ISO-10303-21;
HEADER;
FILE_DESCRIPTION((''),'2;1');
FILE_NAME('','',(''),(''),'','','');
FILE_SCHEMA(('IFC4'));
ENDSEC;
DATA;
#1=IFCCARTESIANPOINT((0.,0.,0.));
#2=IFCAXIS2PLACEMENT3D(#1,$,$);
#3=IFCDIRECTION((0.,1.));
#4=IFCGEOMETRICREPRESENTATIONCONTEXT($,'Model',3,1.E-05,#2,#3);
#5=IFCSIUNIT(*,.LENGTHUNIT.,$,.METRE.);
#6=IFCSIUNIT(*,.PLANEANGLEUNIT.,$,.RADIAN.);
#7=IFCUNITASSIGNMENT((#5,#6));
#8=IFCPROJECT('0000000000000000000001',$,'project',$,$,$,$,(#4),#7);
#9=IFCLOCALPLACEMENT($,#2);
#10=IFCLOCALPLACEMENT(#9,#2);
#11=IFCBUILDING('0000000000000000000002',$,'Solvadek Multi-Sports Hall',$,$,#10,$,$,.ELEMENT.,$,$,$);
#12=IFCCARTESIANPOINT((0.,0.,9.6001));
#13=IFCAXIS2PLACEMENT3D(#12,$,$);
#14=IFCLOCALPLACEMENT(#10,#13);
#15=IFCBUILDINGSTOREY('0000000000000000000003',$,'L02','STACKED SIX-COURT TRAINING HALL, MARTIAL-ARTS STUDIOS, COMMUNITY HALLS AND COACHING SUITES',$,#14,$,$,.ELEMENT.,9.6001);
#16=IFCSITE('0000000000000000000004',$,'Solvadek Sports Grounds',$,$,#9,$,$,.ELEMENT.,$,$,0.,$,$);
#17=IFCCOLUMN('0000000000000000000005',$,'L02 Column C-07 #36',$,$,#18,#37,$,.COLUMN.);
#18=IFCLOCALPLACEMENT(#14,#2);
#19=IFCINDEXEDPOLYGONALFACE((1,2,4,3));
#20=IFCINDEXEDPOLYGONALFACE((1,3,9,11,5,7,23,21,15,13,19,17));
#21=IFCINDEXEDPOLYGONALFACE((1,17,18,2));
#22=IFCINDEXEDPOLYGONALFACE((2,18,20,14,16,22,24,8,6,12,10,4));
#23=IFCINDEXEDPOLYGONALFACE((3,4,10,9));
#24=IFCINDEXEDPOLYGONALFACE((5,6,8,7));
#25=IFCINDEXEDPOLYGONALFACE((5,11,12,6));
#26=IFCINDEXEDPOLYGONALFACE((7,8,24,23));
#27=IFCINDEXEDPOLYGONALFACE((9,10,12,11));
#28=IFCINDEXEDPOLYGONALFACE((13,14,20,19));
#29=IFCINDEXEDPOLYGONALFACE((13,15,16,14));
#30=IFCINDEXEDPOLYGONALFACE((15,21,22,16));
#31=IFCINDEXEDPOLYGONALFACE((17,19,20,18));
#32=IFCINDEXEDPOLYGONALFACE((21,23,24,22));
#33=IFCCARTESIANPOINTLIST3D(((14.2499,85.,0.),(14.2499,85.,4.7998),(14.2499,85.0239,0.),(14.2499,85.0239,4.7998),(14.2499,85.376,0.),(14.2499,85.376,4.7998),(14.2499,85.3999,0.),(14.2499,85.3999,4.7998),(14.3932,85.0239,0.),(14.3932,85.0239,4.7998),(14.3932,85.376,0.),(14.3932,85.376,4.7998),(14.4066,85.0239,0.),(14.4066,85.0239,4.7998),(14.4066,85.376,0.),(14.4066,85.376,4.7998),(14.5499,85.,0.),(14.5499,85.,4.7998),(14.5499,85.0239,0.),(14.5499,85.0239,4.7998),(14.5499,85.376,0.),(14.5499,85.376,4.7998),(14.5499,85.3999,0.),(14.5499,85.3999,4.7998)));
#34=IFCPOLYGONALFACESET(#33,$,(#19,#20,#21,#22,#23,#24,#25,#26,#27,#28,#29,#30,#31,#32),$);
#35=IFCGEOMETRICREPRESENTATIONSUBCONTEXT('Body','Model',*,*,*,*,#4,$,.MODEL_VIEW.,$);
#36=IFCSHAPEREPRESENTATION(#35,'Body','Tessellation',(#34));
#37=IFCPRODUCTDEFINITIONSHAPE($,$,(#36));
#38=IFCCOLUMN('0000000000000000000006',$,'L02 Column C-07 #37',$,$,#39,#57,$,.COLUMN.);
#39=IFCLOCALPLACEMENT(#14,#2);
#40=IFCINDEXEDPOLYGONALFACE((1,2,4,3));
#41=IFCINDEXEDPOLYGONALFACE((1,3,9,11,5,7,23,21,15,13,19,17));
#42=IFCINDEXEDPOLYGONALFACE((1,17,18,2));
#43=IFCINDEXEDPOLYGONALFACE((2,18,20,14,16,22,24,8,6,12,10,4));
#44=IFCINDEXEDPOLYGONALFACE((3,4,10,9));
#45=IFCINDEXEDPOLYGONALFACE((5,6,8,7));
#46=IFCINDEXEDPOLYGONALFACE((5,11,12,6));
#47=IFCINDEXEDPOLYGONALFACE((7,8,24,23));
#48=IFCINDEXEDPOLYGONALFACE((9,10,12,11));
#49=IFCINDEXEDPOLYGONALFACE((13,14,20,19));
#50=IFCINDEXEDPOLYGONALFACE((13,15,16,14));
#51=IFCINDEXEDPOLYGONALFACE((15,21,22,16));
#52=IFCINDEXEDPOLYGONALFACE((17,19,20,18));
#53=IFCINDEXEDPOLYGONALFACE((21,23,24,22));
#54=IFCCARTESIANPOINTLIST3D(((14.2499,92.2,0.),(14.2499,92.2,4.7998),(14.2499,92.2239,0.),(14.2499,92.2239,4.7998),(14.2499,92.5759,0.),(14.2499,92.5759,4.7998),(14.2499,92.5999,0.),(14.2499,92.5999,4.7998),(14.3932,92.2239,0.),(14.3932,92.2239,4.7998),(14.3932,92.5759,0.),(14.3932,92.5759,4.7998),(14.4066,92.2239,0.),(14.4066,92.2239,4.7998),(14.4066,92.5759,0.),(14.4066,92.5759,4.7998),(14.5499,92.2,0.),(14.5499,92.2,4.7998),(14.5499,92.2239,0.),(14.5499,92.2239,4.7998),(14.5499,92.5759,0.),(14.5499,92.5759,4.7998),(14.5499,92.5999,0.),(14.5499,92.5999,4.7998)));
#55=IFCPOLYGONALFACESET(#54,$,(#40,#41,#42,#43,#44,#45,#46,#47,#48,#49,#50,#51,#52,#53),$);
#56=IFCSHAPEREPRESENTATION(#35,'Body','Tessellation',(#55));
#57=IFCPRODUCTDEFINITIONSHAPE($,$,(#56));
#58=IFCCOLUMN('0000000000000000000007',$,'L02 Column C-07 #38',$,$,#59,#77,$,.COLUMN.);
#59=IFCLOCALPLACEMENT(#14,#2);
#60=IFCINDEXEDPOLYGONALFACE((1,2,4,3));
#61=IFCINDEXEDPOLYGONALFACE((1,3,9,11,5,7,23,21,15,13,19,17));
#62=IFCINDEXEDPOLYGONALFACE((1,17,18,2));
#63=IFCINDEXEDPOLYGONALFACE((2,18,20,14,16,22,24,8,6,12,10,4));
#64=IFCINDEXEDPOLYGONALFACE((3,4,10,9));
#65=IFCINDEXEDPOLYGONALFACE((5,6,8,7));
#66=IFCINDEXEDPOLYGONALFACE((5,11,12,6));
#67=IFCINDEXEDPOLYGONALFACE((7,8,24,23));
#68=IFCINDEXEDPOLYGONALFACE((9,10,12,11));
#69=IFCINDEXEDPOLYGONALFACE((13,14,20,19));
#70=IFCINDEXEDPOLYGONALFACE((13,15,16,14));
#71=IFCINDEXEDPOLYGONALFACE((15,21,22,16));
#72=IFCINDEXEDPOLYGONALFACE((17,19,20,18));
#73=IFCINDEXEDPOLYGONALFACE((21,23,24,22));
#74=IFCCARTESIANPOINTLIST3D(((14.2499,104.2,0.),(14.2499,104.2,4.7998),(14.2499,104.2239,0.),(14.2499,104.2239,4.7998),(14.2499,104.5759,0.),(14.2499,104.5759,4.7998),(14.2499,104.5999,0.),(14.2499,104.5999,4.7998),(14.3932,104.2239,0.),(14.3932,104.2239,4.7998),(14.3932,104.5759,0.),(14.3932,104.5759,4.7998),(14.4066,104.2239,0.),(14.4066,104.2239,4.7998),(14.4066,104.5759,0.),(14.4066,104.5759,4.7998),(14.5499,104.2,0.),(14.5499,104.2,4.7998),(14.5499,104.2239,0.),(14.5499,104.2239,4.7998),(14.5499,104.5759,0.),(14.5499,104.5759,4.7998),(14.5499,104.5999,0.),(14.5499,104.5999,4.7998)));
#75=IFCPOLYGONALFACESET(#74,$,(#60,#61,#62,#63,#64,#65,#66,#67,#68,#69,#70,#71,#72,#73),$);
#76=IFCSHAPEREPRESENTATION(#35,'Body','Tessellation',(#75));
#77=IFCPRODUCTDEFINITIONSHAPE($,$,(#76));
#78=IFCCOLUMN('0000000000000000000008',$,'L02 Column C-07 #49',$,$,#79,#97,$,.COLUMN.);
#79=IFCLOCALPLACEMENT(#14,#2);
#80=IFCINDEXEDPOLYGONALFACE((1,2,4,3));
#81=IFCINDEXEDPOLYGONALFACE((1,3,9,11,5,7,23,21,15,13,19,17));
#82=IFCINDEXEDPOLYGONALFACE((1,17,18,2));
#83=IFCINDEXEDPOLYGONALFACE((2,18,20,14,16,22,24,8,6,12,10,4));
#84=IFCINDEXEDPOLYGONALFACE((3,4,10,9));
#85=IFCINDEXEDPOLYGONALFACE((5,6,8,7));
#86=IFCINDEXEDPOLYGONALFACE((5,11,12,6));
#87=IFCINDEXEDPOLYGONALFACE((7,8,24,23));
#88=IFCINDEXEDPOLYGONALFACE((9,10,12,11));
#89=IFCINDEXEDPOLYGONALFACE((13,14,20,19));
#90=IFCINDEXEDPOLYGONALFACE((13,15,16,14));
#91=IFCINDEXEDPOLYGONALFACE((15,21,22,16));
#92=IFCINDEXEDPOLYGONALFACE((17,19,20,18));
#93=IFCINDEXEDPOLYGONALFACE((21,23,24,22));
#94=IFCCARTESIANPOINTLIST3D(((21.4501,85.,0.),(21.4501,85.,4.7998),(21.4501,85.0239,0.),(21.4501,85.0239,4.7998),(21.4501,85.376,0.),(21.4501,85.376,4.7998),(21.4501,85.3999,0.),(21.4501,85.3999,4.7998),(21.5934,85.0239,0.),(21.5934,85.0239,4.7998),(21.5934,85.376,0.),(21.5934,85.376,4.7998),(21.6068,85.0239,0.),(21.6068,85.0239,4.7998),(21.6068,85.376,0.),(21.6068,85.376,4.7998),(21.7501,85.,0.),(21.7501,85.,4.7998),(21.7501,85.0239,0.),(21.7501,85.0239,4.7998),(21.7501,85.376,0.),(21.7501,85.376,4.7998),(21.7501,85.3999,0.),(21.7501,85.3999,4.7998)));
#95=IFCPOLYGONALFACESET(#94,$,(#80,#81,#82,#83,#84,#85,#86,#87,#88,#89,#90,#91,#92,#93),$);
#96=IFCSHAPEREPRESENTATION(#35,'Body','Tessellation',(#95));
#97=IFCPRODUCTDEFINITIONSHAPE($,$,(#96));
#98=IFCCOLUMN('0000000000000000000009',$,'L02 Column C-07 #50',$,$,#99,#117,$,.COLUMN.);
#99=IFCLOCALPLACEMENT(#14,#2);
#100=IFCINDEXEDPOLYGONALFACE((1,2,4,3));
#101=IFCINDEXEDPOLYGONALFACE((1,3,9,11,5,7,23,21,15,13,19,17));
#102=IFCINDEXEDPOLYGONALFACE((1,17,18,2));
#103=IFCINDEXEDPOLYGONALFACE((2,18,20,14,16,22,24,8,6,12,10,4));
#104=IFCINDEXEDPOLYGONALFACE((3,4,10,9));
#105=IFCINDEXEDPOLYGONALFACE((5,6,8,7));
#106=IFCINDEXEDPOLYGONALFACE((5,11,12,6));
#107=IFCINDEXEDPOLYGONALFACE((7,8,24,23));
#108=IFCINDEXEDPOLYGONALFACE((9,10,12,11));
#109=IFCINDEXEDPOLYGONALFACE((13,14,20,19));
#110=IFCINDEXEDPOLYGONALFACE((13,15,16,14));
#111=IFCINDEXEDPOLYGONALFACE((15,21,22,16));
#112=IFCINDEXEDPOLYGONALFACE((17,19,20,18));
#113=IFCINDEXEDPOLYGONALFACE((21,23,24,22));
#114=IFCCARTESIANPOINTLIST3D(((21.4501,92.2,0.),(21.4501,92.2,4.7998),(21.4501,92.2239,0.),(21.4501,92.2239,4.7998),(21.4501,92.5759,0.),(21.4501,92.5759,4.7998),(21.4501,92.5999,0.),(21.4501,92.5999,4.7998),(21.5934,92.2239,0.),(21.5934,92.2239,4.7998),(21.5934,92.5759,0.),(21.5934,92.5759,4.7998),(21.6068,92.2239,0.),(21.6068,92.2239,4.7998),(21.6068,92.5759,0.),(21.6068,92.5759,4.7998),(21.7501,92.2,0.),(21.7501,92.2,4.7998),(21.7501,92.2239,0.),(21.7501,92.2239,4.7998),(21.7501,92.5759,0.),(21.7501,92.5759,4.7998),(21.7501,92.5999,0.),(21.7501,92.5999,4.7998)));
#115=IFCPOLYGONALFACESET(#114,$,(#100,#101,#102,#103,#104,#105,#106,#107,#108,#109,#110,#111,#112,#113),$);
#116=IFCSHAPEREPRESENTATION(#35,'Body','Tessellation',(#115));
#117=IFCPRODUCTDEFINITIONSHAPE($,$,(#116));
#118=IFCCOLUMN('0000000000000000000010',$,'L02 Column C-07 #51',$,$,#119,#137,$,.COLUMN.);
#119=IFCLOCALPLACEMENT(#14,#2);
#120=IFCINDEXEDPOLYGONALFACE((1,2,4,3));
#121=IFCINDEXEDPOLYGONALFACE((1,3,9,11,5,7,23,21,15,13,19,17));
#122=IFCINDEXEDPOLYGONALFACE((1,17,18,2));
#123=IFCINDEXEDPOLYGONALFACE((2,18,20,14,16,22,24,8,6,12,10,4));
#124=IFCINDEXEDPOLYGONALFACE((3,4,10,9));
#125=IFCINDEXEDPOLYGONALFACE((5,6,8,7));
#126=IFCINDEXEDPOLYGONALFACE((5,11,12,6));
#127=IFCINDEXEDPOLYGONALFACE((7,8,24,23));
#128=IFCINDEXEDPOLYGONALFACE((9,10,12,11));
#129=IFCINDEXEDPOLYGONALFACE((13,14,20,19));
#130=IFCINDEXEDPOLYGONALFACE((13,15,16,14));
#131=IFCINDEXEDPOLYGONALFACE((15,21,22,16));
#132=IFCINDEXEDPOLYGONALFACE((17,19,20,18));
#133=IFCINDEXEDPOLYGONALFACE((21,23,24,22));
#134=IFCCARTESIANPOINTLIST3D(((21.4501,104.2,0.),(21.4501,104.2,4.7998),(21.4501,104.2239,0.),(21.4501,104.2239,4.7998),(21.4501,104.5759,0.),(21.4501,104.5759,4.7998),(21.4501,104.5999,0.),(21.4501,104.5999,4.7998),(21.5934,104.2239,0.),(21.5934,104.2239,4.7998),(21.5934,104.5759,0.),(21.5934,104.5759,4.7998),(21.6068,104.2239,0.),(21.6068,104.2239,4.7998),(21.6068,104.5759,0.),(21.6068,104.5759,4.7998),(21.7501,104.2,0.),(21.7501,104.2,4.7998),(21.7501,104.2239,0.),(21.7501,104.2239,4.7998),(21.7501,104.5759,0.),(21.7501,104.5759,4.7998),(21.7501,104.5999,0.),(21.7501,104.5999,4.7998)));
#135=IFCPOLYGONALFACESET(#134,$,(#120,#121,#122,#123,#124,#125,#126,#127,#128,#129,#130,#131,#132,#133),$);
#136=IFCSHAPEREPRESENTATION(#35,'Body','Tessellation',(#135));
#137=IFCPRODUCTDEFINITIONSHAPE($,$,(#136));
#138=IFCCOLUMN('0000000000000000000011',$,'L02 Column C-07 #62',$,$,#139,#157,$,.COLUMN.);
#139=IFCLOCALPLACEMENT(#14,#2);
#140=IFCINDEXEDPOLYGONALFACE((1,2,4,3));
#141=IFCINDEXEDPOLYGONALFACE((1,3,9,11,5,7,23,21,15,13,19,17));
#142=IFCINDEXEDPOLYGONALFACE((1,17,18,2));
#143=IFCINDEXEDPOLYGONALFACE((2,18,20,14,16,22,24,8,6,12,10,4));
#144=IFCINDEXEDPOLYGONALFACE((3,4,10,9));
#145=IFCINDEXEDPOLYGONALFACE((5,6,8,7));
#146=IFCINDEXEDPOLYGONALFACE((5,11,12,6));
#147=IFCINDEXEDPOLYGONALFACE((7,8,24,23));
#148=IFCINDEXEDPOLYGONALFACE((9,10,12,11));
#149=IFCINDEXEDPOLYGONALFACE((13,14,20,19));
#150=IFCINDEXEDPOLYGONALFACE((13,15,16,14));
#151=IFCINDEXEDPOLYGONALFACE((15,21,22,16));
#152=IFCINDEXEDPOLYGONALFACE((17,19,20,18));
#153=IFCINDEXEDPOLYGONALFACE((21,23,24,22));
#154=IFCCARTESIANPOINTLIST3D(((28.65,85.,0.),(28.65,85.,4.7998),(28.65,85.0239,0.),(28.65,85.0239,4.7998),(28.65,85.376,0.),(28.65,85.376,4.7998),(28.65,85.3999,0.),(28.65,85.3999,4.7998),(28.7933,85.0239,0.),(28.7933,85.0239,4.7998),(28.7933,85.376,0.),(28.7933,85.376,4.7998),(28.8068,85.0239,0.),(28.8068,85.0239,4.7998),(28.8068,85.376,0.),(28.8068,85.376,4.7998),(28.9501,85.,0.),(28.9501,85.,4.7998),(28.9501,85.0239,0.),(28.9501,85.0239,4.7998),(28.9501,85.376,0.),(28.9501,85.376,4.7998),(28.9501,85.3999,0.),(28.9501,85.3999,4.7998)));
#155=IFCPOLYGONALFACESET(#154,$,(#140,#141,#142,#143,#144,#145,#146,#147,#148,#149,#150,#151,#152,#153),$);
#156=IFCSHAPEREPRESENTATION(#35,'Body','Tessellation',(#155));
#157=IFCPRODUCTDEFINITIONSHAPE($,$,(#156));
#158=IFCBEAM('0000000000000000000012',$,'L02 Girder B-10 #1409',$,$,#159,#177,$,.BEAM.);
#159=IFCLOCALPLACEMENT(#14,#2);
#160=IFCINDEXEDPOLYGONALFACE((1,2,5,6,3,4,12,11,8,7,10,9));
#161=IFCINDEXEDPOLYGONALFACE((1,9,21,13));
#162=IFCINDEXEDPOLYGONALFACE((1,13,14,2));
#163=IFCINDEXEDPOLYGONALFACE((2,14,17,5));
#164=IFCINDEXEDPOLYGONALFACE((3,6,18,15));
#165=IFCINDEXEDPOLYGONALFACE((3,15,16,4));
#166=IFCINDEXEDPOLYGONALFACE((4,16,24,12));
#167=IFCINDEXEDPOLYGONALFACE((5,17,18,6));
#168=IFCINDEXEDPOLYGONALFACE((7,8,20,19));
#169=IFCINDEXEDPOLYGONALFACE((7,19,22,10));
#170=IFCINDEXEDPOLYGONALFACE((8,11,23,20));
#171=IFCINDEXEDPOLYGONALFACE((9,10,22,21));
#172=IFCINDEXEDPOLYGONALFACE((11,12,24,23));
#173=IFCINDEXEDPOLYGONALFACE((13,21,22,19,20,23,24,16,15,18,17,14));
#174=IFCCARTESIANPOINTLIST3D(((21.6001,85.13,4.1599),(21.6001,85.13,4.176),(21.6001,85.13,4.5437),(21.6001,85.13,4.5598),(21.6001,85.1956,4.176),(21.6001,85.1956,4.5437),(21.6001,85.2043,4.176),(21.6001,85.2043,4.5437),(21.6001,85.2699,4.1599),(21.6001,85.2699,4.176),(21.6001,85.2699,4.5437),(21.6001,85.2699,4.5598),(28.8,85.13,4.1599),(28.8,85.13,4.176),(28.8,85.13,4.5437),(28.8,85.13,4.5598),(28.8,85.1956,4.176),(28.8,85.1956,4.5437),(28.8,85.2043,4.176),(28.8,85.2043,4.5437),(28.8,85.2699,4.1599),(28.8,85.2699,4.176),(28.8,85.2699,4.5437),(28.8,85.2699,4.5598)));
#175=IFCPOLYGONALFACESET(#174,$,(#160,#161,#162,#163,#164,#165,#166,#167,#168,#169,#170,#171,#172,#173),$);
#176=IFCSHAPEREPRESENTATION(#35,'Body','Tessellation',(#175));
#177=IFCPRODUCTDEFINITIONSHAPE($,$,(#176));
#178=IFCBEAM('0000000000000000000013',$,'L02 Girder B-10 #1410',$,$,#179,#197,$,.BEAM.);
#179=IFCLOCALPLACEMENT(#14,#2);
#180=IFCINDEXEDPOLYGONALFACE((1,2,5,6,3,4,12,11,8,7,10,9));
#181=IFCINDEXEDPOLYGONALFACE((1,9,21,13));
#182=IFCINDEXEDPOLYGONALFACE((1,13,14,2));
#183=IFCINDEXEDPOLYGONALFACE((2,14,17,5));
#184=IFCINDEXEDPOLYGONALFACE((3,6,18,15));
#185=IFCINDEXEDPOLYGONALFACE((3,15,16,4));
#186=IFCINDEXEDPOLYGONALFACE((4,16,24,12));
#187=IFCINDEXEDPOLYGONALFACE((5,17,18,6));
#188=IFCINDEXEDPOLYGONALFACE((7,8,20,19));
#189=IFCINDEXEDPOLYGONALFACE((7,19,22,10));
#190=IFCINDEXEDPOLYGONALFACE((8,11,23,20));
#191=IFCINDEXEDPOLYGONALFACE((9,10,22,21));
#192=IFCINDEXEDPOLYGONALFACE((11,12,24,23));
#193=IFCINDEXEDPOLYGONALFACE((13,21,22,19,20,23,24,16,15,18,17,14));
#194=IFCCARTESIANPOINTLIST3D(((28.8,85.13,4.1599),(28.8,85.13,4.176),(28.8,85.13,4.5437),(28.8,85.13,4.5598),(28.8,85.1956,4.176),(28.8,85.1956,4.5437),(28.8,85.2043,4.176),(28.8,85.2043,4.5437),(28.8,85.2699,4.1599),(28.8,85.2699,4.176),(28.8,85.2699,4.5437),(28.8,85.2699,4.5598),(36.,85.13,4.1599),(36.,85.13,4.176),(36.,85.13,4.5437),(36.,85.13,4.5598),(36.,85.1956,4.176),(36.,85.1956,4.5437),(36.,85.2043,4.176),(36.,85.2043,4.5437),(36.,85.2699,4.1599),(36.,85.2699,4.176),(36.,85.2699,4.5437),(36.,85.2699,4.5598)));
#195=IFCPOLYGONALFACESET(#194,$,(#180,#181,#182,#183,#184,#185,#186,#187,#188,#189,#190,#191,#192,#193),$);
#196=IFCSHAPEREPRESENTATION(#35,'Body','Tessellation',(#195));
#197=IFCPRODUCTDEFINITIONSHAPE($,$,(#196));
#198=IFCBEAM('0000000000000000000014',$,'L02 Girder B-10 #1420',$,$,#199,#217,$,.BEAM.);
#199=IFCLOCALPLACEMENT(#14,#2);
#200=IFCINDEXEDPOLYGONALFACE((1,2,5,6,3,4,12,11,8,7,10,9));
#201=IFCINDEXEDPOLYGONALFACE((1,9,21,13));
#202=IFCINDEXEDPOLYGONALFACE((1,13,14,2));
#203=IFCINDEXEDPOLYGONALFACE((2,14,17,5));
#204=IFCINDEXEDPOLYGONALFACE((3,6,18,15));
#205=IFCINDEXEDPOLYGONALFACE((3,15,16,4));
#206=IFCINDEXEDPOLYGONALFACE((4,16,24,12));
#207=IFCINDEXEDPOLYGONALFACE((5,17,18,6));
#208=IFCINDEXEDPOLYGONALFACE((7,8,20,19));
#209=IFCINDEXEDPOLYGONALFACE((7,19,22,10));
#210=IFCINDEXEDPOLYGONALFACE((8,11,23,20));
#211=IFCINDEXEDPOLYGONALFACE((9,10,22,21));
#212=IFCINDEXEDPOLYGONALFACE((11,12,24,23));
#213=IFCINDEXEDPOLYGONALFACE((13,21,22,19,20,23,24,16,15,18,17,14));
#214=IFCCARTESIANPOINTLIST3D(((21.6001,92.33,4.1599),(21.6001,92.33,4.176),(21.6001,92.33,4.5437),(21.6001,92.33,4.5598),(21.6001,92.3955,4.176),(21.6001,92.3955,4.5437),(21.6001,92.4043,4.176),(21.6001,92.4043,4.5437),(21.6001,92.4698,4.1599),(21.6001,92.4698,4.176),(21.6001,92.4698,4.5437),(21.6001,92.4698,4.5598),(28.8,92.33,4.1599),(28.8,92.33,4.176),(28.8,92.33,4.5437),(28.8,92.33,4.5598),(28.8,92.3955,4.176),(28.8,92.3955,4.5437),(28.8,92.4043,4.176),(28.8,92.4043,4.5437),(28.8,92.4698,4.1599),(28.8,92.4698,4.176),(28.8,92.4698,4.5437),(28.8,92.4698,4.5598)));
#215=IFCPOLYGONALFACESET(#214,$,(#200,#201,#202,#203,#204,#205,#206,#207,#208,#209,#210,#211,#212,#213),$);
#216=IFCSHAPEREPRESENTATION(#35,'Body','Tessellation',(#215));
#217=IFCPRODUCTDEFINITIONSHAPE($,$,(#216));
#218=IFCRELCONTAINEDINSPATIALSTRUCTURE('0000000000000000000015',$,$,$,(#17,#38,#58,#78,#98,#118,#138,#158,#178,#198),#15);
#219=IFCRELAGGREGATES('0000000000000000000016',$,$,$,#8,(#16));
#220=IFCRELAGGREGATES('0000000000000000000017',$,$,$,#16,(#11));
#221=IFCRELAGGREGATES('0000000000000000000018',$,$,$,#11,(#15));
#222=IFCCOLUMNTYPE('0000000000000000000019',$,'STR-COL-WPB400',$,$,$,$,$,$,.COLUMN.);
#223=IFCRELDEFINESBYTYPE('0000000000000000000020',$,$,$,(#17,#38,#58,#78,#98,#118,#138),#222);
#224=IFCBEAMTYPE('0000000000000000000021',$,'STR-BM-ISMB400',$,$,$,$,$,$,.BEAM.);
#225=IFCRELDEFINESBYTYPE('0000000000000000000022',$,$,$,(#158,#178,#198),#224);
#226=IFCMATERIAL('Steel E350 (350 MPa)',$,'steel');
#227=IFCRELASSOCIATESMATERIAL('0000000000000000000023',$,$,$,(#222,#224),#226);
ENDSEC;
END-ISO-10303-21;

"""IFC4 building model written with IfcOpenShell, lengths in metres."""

from ifc_helpers import new_model, si_unit, direction, frame, origin, origin_2d, place, context, subcontext, project, spatial, i_section, extrude, material, material_profile, profile_set, type_object, element, save


model = new_model("IFC4")

# Units and contexts
model_context = context("Model", 3, precision=1e-05, world=origin(), true_north=direction((0.0, 1.0)))
body_context = subcontext(model_context, "Body", "Model", "MODEL_VIEW")
ifc_project = project(units=[si_unit("LENGTHUNIT", "METRE"), si_unit("PLANEANGLEUNIT", "RADIAN")], contexts=[model_context])

# Site, building, storey
site_placement = place(None, origin())
site = spatial("IfcSite", under=ifc_project, at=site_placement, Name="Solvadek Sports Grounds", CompositionType="ELEMENT", RefElevation=0.0)
building_placement = place(site_placement, origin())
building = spatial("IfcBuilding", under=site, at=building_placement, Name="Solvadek Multi-Sports Hall", CompositionType="ELEMENT")
storey_placement = place(building_placement, frame((0.0, 0.0, 9.6001)))
storey = spatial("IfcBuildingStorey", under=building, at=storey_placement, Name="L02", Description="STACKED SIX-COURT TRAINING HALL, MARTIAL-ARTS STUDIOS, COMMUNITY HALLS AND COACHING SUITES", CompositionType="ELEMENT", Elevation=9.6001)

# Columns
ifc_material_1 = material(Name="Steel E350 (350 MPa)", Category="steel")
ifc_material_profile_1 = material_profile(ifc_material_1, i_section(OverallWidth=0.3, OverallDepth=0.3999, WebThickness=0.0134, FlangeThickness=0.0239, at=origin_2d()), Name="WPB 400")
ifc_profile_set_1 = profile_set([ifc_material_profile_1], Name="Steel E350 (350 MPa)")
column_type = type_object("IfcColumnType", Name="STR-COL-WPB400", PredefinedType="COLUMN", material=ifc_profile_set_1)
for number, where, z_axis, x_axis, name in (
    (1, (14.3999, 85.2, 0.0), (0.0, 0.0, 1.0), (1.0, 0.0, 0.0), "L02 Column C-07 #36"),
    (2, (14.3999, 92.3999, 0.0), (0.0, 0.0, 1.0), (1.0, 0.0, 0.0), "L02 Column C-07 #37"),
    (3, (14.3999, 104.3999, 0.0), (0.0, 0.0, 1.0), (1.0, 0.0, 0.0), "L02 Column C-07 #38"),
    (4, (21.6001, 85.2, 0.0), (0.0, 0.0, 1.0), (1.0, 0.0, 0.0), "L02 Column C-07 #49"),
    (5, (21.6001, 92.3999, 0.0), (0.0, 0.0, 1.0), (1.0, 0.0, 0.0), "L02 Column C-07 #50"),
    (6, (21.6001, 104.3999, 0.0), (0.0, 0.0, 1.0), (1.0, 0.0, 0.0), "L02 Column C-07 #51"),
    (7, (28.8, 85.2, 0.0), (0.0, 0.0, 1.0), (1.0, 0.0, 0.0), "L02 Column C-07 #62"),
):
    element("IfcColumn", number, at=place(storey_placement, frame(where, z_axis=z_axis, x_axis=x_axis)), inside=storey, type_object=column_type, Name=name, PredefinedType="COLUMN", context=body_context, shape_type="SweptSolid", body=[
        extrude(i_section(OverallWidth=0.3, OverallDepth=0.3999, WebThickness=0.0134, FlangeThickness=0.0239, at=origin_2d()), origin(), (0.0, 0.0, 1.0), 4.7998),
    ])

# Beams
ifc_material_profile_2 = material_profile(ifc_material_1, i_section(OverallWidth=0.1399, OverallDepth=0.3999, WebThickness=0.0088, FlangeThickness=0.0161, at=origin_2d()), Name="ISMB 400")
ifc_profile_set_2 = profile_set([ifc_material_profile_2], Name="Steel E350 (350 MPa)")
beam_type_1 = type_object("IfcBeamType", Name="STR-BM-ISMB400", PredefinedType="BEAM", material=ifc_profile_set_2)
for number, where, z_axis, x_axis, name in (
    (8, (21.6001, 85.2, 4.3599), (1.0, 0.0, 0.0), (0.0, 1.0, 0.0), "L02 Girder B-10 #1409"),
    (9, (28.8, 85.2, 4.3599), (1.0, 0.0, 0.0), (0.0, 1.0, 0.0), "L02 Girder B-10 #1410"),
    (10, (21.6001, 92.3999, 4.3599), (1.0, 0.0, 0.0), (0.0, 1.0, 0.0), "L02 Girder B-10 #1420"),
):
    element("IfcBeam", number, at=place(storey_placement, frame(where, z_axis=z_axis, x_axis=x_axis)), inside=storey, type_object=beam_type_1, Name=name, PredefinedType="BEAM", context=body_context, shape_type="SweptSolid", body=[
        extrude(i_section(OverallWidth=0.1399, OverallDepth=0.3999, WebThickness=0.0088, FlangeThickness=0.0161, at=origin_2d()), origin(), (0.0, 0.0, 1.0), 7.2),
    ])

save(model, "model.ifc")
